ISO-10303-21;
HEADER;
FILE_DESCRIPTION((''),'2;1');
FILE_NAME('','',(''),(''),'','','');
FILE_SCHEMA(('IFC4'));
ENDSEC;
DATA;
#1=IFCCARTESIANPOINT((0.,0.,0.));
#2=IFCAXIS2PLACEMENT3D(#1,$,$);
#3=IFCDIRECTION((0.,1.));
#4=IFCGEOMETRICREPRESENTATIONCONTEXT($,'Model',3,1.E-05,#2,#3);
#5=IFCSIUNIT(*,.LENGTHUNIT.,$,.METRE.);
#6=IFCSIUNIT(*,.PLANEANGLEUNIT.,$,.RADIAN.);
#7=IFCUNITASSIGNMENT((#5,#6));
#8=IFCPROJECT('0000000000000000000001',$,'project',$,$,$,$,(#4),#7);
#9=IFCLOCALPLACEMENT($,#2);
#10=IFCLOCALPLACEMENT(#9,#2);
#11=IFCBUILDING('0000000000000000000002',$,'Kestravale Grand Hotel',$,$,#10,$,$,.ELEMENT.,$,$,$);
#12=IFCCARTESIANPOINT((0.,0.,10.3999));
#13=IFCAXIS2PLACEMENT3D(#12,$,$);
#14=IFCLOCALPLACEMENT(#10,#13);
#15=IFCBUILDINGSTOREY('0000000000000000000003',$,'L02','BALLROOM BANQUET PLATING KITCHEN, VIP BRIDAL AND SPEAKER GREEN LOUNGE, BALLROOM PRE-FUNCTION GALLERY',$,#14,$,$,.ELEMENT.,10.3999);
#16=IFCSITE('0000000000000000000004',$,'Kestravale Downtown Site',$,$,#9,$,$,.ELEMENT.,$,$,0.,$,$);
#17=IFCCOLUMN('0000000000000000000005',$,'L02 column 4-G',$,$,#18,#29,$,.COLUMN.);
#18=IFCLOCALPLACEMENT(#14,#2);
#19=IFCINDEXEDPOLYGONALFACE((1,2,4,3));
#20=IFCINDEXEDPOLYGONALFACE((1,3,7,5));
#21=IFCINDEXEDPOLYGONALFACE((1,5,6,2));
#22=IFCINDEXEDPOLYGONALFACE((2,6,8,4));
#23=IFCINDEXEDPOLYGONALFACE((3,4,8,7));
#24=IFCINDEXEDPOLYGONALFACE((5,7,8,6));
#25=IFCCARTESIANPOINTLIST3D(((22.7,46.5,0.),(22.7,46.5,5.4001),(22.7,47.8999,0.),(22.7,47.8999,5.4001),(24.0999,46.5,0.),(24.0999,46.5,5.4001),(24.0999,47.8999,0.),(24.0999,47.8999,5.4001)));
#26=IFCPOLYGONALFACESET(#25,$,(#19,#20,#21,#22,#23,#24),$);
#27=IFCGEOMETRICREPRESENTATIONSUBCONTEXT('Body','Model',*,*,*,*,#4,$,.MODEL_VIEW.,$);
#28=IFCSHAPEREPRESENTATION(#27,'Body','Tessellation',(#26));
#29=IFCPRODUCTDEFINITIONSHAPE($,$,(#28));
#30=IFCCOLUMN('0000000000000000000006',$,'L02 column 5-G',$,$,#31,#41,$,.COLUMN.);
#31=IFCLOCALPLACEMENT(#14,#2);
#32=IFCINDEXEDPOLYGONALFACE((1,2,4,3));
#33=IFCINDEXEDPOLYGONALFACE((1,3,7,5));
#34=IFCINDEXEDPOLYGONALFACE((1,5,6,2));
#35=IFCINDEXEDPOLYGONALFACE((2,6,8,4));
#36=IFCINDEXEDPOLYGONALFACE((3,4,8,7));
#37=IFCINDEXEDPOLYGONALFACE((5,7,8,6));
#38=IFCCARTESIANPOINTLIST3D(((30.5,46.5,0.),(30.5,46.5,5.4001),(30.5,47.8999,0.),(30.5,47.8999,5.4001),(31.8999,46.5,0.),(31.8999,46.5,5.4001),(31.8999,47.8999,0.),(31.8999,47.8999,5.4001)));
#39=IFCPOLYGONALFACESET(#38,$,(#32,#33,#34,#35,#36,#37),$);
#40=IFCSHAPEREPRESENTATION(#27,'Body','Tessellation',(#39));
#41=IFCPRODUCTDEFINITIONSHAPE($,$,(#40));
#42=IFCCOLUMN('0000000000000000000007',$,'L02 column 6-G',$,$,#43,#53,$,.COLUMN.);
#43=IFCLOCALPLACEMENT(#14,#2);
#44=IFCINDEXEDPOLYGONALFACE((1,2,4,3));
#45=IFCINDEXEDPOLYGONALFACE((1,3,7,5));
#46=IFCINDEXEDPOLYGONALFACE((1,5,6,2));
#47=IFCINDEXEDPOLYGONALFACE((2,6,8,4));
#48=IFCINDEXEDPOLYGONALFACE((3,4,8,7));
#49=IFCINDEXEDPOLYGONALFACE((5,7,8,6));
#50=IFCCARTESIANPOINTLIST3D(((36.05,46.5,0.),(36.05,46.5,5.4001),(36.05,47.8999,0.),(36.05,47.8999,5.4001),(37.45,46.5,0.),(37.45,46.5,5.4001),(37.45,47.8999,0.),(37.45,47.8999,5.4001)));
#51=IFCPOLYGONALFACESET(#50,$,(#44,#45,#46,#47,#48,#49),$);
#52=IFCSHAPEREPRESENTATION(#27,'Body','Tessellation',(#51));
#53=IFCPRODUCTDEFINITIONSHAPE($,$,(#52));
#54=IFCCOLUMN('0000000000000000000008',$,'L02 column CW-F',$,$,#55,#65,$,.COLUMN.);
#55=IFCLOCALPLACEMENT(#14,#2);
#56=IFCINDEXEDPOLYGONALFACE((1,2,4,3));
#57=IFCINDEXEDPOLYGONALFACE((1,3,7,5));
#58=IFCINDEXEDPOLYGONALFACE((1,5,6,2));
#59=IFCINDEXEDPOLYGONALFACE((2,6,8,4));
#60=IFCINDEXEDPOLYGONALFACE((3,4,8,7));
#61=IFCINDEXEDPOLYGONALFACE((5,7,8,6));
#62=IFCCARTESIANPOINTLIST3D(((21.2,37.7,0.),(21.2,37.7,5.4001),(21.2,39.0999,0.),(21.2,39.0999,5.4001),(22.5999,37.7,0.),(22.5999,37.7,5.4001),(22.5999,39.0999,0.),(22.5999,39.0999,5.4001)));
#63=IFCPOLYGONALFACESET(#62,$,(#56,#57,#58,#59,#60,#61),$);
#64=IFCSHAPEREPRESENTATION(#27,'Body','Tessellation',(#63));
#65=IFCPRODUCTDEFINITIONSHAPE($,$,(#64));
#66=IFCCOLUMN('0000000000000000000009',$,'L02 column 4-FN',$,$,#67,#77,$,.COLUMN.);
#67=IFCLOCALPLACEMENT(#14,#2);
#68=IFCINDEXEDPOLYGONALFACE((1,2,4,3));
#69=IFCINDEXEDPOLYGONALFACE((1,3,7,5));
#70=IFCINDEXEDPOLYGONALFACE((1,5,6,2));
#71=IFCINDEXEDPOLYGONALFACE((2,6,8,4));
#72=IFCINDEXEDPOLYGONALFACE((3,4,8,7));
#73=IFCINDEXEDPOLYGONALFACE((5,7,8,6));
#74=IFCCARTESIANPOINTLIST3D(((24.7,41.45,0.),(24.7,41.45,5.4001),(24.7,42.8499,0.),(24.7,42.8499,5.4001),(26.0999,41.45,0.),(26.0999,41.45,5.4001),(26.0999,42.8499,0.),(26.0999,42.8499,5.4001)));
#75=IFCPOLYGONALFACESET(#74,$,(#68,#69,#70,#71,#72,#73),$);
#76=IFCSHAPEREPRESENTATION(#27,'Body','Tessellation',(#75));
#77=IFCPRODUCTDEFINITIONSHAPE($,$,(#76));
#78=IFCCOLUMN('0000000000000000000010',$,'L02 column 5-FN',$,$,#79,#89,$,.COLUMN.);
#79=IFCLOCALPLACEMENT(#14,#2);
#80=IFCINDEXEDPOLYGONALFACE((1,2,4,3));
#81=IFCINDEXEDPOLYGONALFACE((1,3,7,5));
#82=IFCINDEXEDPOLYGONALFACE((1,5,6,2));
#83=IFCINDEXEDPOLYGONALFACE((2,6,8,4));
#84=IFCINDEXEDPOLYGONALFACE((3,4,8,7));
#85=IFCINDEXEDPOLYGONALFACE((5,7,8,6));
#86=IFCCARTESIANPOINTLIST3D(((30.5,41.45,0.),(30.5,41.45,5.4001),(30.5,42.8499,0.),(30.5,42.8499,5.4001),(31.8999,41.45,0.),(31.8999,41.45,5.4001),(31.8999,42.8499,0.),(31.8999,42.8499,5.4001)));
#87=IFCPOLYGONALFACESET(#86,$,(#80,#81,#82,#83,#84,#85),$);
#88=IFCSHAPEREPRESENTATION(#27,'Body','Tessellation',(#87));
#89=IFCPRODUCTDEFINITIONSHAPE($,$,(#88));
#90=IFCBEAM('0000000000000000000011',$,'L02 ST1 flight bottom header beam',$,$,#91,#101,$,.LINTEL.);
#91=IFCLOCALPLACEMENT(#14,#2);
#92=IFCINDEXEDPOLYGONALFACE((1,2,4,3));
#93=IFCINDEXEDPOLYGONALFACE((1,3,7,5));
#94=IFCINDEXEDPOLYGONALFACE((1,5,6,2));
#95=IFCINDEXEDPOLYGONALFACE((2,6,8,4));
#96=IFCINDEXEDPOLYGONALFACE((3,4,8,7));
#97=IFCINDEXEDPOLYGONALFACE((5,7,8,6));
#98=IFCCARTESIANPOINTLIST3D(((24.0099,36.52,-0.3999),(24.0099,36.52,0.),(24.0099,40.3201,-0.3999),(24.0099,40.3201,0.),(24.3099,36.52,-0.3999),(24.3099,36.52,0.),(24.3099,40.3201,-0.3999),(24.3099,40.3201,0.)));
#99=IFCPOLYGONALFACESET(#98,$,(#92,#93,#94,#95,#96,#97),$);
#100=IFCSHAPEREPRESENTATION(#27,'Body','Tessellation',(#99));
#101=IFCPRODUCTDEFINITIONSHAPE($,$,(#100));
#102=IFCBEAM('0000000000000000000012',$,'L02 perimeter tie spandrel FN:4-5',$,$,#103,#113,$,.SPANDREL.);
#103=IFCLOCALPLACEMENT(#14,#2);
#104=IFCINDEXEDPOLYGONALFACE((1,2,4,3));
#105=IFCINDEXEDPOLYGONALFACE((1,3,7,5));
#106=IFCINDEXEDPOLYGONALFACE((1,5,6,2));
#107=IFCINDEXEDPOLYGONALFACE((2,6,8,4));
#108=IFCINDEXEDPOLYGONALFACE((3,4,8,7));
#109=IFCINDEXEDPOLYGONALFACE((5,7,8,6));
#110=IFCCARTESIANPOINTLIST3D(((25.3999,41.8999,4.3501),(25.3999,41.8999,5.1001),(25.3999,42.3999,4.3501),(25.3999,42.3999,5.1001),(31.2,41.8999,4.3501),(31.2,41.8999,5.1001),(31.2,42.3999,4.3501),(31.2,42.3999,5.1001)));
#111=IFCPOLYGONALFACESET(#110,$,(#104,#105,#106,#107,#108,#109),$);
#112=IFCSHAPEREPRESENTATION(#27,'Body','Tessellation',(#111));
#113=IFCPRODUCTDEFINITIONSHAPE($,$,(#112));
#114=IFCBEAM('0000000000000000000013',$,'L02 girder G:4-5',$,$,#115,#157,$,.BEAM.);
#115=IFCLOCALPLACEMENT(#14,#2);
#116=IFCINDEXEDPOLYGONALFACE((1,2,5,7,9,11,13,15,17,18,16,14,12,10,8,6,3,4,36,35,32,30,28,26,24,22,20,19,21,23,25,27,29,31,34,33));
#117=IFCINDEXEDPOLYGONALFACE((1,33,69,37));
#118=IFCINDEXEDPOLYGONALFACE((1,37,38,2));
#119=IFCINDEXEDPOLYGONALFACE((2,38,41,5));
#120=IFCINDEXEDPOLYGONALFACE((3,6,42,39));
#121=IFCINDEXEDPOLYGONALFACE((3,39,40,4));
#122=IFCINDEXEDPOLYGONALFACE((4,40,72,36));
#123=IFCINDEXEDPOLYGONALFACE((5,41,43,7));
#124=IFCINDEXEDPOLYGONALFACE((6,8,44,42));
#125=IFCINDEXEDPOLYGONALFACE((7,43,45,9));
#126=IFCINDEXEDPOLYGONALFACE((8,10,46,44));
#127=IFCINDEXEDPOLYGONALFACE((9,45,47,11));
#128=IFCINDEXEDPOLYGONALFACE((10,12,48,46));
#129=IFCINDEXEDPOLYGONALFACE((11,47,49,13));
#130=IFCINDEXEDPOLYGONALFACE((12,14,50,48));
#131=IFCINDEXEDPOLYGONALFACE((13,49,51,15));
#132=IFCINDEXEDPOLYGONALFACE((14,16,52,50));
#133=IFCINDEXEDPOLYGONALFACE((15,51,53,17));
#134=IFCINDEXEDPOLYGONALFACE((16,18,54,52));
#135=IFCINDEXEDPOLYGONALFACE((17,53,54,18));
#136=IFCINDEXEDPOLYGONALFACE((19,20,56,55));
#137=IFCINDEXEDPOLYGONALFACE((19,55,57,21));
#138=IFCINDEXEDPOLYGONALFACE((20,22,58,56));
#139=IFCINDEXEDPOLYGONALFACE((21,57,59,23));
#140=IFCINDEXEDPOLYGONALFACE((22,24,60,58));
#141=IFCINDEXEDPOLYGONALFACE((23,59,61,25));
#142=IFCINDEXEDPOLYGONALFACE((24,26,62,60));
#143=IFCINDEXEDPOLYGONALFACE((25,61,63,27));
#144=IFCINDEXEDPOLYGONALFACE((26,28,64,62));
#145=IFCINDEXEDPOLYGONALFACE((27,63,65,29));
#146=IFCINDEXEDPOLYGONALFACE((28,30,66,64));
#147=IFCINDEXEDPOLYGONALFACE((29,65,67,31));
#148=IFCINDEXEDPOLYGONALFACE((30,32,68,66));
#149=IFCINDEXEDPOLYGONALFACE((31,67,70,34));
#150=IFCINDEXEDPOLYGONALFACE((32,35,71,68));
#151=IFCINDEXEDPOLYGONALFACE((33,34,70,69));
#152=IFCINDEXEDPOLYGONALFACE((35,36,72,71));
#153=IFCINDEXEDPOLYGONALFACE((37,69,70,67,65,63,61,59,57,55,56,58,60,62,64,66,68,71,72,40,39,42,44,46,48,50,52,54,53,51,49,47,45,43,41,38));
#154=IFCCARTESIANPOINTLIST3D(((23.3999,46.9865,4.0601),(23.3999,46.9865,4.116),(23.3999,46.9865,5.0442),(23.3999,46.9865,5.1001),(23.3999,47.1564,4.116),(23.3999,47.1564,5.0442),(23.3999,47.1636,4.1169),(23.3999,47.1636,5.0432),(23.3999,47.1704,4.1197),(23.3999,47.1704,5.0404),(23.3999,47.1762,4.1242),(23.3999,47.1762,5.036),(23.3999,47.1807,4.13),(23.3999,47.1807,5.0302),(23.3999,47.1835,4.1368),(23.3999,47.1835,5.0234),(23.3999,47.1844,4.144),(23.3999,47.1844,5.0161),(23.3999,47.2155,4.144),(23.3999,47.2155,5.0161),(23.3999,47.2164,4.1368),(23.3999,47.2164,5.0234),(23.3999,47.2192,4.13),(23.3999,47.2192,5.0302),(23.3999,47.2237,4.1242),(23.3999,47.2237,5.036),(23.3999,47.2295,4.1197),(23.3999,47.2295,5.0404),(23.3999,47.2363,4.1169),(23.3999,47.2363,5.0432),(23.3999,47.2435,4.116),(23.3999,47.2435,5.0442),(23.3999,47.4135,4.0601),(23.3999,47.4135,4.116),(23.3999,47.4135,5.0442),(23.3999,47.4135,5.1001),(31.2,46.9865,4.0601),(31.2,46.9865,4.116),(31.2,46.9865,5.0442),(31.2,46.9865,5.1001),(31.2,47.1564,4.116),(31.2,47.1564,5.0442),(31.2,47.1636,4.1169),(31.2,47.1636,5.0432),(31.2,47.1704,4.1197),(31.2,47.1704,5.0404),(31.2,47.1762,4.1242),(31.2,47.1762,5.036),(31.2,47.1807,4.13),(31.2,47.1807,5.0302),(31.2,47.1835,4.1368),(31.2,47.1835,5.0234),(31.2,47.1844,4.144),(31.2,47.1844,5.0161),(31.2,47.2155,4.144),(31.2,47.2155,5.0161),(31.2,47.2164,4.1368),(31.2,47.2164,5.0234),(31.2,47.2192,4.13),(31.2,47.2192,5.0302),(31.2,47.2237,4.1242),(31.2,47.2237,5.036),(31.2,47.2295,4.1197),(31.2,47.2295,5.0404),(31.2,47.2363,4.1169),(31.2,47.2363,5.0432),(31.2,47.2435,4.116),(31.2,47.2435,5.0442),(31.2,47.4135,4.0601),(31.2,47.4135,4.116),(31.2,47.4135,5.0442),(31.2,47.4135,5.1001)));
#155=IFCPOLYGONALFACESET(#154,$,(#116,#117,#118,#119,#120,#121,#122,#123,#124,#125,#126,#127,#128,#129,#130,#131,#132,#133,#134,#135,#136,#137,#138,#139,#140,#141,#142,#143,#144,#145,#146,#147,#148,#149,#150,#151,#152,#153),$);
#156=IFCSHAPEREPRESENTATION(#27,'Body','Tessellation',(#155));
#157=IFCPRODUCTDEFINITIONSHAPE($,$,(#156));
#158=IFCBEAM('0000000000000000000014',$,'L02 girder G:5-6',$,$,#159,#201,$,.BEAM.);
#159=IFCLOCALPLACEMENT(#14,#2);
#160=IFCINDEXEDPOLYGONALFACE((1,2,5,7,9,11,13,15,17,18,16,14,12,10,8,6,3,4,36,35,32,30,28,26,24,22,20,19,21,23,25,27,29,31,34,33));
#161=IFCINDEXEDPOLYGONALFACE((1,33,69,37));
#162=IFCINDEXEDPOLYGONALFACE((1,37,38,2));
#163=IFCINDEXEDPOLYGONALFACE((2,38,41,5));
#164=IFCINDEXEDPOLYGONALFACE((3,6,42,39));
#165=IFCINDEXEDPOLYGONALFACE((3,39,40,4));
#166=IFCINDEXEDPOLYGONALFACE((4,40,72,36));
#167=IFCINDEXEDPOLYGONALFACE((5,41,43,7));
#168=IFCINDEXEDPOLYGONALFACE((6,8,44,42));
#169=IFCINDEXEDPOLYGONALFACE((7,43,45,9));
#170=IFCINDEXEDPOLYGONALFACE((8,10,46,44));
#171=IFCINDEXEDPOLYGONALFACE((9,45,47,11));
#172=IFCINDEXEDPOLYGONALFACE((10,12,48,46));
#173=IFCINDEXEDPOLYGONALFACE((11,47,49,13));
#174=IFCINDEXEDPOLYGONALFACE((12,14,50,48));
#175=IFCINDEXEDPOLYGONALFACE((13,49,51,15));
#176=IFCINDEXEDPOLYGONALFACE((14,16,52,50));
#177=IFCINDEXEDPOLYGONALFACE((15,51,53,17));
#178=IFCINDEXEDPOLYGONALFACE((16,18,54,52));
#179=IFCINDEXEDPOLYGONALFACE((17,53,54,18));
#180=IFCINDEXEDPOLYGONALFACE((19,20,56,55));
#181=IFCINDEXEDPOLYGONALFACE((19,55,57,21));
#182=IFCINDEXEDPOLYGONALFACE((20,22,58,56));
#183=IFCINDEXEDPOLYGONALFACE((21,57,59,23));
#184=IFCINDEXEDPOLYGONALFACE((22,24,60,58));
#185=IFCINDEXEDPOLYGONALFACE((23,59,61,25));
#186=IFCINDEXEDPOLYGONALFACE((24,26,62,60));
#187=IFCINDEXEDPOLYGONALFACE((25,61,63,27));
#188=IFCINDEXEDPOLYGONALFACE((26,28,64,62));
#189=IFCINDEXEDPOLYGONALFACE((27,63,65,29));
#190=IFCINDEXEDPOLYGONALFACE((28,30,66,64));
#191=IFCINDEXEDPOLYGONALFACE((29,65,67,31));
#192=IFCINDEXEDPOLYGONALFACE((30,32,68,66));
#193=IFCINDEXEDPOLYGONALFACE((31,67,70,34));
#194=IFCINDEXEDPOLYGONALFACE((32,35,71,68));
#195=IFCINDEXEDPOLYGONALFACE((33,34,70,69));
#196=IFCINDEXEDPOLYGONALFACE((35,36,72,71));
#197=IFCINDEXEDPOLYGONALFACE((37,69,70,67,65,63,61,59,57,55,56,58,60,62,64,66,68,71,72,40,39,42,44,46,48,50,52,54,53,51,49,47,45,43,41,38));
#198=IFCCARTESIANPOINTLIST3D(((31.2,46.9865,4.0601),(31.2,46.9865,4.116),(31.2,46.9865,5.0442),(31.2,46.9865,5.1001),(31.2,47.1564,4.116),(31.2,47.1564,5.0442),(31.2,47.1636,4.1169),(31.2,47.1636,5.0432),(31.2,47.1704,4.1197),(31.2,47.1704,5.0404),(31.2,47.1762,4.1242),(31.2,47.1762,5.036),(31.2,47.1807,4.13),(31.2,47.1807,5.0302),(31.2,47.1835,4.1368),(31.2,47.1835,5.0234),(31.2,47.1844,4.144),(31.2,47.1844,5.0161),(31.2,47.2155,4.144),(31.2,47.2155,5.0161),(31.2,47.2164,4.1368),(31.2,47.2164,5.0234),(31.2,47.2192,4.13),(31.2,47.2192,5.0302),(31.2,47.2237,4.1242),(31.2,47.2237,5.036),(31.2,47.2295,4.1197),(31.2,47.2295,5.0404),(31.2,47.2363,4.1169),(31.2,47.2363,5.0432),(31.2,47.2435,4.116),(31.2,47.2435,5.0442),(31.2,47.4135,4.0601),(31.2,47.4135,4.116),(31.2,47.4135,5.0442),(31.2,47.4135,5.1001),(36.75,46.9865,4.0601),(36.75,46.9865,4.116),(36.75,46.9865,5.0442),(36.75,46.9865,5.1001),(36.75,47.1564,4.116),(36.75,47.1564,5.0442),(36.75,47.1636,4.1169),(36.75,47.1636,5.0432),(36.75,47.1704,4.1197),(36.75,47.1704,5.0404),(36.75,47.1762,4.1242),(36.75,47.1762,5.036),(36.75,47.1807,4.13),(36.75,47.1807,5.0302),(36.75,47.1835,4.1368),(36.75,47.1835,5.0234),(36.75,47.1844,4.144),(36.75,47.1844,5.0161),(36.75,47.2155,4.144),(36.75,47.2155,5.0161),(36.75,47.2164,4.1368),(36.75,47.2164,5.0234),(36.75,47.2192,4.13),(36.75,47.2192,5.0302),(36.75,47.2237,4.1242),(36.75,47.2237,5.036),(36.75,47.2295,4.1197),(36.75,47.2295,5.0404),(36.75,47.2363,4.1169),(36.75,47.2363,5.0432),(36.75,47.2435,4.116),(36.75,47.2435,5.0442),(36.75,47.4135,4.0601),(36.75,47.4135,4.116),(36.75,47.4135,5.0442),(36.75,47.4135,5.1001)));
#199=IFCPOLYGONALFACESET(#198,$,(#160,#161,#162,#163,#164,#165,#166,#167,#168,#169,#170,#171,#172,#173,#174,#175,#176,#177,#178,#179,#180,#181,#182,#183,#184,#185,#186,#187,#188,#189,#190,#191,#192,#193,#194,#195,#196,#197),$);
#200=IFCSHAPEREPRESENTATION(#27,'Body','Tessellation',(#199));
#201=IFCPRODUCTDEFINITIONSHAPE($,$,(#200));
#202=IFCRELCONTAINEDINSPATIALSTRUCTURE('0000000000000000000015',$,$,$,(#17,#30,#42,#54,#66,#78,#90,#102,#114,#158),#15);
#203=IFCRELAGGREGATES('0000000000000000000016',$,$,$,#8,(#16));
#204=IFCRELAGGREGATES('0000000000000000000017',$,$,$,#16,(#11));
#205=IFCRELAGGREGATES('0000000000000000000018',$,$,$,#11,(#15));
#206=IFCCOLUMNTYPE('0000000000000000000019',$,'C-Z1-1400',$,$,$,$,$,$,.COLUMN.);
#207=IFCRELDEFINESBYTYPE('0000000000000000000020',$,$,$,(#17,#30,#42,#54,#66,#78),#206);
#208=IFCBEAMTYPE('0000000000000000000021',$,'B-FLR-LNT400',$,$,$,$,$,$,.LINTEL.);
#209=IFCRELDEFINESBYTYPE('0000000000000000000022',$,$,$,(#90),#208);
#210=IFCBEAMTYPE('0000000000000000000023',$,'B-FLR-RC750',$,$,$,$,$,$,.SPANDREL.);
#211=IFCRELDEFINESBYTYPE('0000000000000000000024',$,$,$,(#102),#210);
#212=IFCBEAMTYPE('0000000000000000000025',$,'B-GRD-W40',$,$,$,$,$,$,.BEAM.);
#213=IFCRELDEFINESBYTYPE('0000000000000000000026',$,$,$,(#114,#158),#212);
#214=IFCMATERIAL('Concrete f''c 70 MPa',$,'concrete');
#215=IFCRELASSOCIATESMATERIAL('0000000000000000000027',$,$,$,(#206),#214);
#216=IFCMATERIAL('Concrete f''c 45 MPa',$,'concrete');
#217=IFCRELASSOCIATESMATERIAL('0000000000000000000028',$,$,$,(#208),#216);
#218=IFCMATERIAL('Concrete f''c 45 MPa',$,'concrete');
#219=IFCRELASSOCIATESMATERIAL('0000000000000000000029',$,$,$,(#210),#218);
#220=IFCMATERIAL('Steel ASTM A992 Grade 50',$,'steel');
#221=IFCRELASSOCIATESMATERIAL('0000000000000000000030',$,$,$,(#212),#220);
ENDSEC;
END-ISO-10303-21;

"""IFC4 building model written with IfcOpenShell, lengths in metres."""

from ifc_helpers import new_model, si_unit, direction, frame, origin, origin_2d, place, context, subcontext, project, spatial, rectangle, i_section, extrude, material, material_profile, profile_set, type_object, element, save


model = new_model("IFC4")

# Units and contexts
model_context = context("Model", 3, precision=1e-05, world=origin(), true_north=direction((0.0, 1.0)))
body_context = subcontext(model_context, "Body", "Model", "MODEL_VIEW")
ifc_project = project(units=[si_unit("LENGTHUNIT", "METRE"), si_unit("PLANEANGLEUNIT", "RADIAN")], contexts=[model_context])

# Site, building, storey
site_placement = place(None, origin())
site = spatial("IfcSite", under=ifc_project, at=site_placement, Name="Kestravale Downtown Site", CompositionType="ELEMENT", RefElevation=0.0)
building_placement = place(site_placement, origin())
building = spatial("IfcBuilding", under=site, at=building_placement, Name="Kestravale Grand Hotel", CompositionType="ELEMENT")
storey_placement = place(building_placement, frame((0.0, 0.0, 10.3999)))
storey = spatial("IfcBuildingStorey", under=building, at=storey_placement, Name="L02", Description="BALLROOM BANQUET PLATING KITCHEN, VIP BRIDAL AND SPEAKER GREEN LOUNGE, BALLROOM PRE-FUNCTION GALLERY", CompositionType="ELEMENT", Elevation=10.3999)

# Columns
ifc_material_1 = material(Name="Concrete f'c 70 MPa", Category="concrete")
ifc_material_profile_1 = material_profile(ifc_material_1, rectangle(XDim=1.3999, YDim=1.3999, at=origin_2d()))
ifc_profile_set_1 = profile_set([ifc_material_profile_1], Name="Concrete f'c 70 MPa")
column_type = type_object("IfcColumnType", Name="C-Z1-1400", PredefinedType="COLUMN", material=ifc_profile_set_1)
for number, where, z_axis, x_axis, name in (
    (1, (23.3999, 47.2, 0.0), (0.0, 0.0, 1.0), (1.0, 0.0, 0.0), "L02 column 4-G"),
    (2, (31.2, 47.2, 0.0), (0.0, 0.0, 1.0), (1.0, 0.0, 0.0), "L02 column 5-G"),
    (3, (36.75, 47.2, 0.0), (0.0, 0.0, 1.0), (1.0, 0.0, 0.0), "L02 column 6-G"),
    (4, (21.8999, 38.3999, 0.0), (0.0, 0.0, 1.0), (1.0, 0.0, 0.0), "L02 column CW-F"),
    (5, (25.3999, 42.1499, 0.0), (0.0, 0.0, 1.0), (1.0, 0.0, 0.0), "L02 column 4-FN"),
    (6, (31.2, 42.1499, 0.0), (0.0, 0.0, 1.0), (1.0, 0.0, 0.0), "L02 column 5-FN"),
):
    element("IfcColumn", number, at=place(storey_placement, frame(where, z_axis=z_axis, x_axis=x_axis)), inside=storey, type_object=column_type, Name=name, PredefinedType="COLUMN", context=body_context, shape_type="SweptSolid", body=[
        extrude(rectangle(XDim=1.3999, YDim=1.3999, at=origin_2d()), origin(), (0.0, 0.0, 1.0), 5.4001),
    ])

# Beams
ifc_material_2 = material(Name="Concrete f'c 45 MPa", Category="concrete")
ifc_material_profile_2 = material_profile(ifc_material_2, rectangle(XDim=0.3, YDim=0.3999, at=origin_2d()))
ifc_profile_set_2 = profile_set([ifc_material_profile_2], Name="Concrete f'c 45 MPa")
beam_type_1 = type_object("IfcBeamType", Name="B-FLR-LNT400", PredefinedType="LINTEL", material=ifc_profile_set_2)
beam_1_placement = place(storey_placement, frame((24.1599, 36.52, -0.2), z_axis=(0.0, 1.0, 0.0), x_axis=(-1.0, 0.0, 0.0)))
element("IfcBeam", 7, at=beam_1_placement, inside=storey, type_object=beam_type_1, Name="L02 ST1 flight bottom header beam", PredefinedType="LINTEL", context=body_context, shape_type="SweptSolid", body=[
    extrude(rectangle(XDim=0.3, YDim=0.3999, at=origin_2d()), origin(), (0.0, 0.0, 1.0), 3.8),
])
ifc_material_3 = material(Name="Concrete f'c 45 MPa", Category="concrete")
ifc_material_profile_3 = material_profile(ifc_material_3, rectangle(XDim=0.5, YDim=0.75, at=origin_2d()))
ifc_profile_set_3 = profile_set([ifc_material_profile_3], Name="Concrete f'c 45 MPa")
beam_type_2 = type_object("IfcBeamType", Name="B-FLR-RC750", PredefinedType="SPANDREL", material=ifc_profile_set_3)
beam_2_placement = place(storey_placement, frame((25.3999, 42.1499, 4.7251), z_axis=(1.0, 0.0, 0.0), x_axis=(0.0, 1.0, 0.0)))
element("IfcBeam", 8, at=beam_2_placement, inside=storey, type_object=beam_type_2, Name="L02 perimeter tie spandrel FN:4-5", PredefinedType="SPANDREL", context=body_context, shape_type="SweptSolid", body=[
    extrude(rectangle(XDim=0.5, YDim=0.75, at=origin_2d()), origin(), (0.0, 0.0, 1.0), 5.8),
])
ifc_material_4 = material(Name="Steel ASTM A992 Grade 50", Category="steel")
ifc_material_profile_4 = material_profile(ifc_material_4, i_section(OverallWidth=0.427, OverallDepth=1.04, WebThickness=0.031, FlangeThickness=0.0559, FilletRadius=0.0281, at=origin_2d()))
ifc_profile_set_4 = profile_set([ifc_material_profile_4], Name="Steel ASTM A992 Grade 50")
beam_type_3 = type_object("IfcBeamType", Name="B-GRD-W40", PredefinedType="BEAM", material=ifc_profile_set_4)
beam_3_placement = place(storey_placement, frame((23.3999, 47.2, 4.5801), z_axis=(1.0, 0.0, 0.0), x_axis=(0.0, 1.0, 0.0)))
element("IfcBeam", 9, at=beam_3_placement, inside=storey, type_object=beam_type_3, Name="L02 girder G:4-5", PredefinedType="BEAM", context=body_context, shape_type="SweptSolid", body=[
    extrude(i_section(OverallWidth=0.427, OverallDepth=1.04, WebThickness=0.031, FlangeThickness=0.0559, FilletRadius=0.0281, at=origin_2d()), origin(), (0.0, 0.0, 1.0), 7.8),
])
beam_4_placement = place(storey_placement, frame((31.2, 47.2, 4.5801), z_axis=(1.0, 0.0, 0.0), x_axis=(0.0, 1.0, 0.0)))
element("IfcBeam", 10, at=beam_4_placement, inside=storey, type_object=beam_type_3, Name="L02 girder G:5-6", PredefinedType="BEAM", context=body_context, shape_type="SweptSolid", body=[
    extrude(i_section(OverallWidth=0.427, OverallDepth=1.04, WebThickness=0.031, FlangeThickness=0.0559, FilletRadius=0.0281, at=origin_2d()), origin(), (0.0, 0.0, 1.0), 5.55),
])

save(model, "model.ifc")
